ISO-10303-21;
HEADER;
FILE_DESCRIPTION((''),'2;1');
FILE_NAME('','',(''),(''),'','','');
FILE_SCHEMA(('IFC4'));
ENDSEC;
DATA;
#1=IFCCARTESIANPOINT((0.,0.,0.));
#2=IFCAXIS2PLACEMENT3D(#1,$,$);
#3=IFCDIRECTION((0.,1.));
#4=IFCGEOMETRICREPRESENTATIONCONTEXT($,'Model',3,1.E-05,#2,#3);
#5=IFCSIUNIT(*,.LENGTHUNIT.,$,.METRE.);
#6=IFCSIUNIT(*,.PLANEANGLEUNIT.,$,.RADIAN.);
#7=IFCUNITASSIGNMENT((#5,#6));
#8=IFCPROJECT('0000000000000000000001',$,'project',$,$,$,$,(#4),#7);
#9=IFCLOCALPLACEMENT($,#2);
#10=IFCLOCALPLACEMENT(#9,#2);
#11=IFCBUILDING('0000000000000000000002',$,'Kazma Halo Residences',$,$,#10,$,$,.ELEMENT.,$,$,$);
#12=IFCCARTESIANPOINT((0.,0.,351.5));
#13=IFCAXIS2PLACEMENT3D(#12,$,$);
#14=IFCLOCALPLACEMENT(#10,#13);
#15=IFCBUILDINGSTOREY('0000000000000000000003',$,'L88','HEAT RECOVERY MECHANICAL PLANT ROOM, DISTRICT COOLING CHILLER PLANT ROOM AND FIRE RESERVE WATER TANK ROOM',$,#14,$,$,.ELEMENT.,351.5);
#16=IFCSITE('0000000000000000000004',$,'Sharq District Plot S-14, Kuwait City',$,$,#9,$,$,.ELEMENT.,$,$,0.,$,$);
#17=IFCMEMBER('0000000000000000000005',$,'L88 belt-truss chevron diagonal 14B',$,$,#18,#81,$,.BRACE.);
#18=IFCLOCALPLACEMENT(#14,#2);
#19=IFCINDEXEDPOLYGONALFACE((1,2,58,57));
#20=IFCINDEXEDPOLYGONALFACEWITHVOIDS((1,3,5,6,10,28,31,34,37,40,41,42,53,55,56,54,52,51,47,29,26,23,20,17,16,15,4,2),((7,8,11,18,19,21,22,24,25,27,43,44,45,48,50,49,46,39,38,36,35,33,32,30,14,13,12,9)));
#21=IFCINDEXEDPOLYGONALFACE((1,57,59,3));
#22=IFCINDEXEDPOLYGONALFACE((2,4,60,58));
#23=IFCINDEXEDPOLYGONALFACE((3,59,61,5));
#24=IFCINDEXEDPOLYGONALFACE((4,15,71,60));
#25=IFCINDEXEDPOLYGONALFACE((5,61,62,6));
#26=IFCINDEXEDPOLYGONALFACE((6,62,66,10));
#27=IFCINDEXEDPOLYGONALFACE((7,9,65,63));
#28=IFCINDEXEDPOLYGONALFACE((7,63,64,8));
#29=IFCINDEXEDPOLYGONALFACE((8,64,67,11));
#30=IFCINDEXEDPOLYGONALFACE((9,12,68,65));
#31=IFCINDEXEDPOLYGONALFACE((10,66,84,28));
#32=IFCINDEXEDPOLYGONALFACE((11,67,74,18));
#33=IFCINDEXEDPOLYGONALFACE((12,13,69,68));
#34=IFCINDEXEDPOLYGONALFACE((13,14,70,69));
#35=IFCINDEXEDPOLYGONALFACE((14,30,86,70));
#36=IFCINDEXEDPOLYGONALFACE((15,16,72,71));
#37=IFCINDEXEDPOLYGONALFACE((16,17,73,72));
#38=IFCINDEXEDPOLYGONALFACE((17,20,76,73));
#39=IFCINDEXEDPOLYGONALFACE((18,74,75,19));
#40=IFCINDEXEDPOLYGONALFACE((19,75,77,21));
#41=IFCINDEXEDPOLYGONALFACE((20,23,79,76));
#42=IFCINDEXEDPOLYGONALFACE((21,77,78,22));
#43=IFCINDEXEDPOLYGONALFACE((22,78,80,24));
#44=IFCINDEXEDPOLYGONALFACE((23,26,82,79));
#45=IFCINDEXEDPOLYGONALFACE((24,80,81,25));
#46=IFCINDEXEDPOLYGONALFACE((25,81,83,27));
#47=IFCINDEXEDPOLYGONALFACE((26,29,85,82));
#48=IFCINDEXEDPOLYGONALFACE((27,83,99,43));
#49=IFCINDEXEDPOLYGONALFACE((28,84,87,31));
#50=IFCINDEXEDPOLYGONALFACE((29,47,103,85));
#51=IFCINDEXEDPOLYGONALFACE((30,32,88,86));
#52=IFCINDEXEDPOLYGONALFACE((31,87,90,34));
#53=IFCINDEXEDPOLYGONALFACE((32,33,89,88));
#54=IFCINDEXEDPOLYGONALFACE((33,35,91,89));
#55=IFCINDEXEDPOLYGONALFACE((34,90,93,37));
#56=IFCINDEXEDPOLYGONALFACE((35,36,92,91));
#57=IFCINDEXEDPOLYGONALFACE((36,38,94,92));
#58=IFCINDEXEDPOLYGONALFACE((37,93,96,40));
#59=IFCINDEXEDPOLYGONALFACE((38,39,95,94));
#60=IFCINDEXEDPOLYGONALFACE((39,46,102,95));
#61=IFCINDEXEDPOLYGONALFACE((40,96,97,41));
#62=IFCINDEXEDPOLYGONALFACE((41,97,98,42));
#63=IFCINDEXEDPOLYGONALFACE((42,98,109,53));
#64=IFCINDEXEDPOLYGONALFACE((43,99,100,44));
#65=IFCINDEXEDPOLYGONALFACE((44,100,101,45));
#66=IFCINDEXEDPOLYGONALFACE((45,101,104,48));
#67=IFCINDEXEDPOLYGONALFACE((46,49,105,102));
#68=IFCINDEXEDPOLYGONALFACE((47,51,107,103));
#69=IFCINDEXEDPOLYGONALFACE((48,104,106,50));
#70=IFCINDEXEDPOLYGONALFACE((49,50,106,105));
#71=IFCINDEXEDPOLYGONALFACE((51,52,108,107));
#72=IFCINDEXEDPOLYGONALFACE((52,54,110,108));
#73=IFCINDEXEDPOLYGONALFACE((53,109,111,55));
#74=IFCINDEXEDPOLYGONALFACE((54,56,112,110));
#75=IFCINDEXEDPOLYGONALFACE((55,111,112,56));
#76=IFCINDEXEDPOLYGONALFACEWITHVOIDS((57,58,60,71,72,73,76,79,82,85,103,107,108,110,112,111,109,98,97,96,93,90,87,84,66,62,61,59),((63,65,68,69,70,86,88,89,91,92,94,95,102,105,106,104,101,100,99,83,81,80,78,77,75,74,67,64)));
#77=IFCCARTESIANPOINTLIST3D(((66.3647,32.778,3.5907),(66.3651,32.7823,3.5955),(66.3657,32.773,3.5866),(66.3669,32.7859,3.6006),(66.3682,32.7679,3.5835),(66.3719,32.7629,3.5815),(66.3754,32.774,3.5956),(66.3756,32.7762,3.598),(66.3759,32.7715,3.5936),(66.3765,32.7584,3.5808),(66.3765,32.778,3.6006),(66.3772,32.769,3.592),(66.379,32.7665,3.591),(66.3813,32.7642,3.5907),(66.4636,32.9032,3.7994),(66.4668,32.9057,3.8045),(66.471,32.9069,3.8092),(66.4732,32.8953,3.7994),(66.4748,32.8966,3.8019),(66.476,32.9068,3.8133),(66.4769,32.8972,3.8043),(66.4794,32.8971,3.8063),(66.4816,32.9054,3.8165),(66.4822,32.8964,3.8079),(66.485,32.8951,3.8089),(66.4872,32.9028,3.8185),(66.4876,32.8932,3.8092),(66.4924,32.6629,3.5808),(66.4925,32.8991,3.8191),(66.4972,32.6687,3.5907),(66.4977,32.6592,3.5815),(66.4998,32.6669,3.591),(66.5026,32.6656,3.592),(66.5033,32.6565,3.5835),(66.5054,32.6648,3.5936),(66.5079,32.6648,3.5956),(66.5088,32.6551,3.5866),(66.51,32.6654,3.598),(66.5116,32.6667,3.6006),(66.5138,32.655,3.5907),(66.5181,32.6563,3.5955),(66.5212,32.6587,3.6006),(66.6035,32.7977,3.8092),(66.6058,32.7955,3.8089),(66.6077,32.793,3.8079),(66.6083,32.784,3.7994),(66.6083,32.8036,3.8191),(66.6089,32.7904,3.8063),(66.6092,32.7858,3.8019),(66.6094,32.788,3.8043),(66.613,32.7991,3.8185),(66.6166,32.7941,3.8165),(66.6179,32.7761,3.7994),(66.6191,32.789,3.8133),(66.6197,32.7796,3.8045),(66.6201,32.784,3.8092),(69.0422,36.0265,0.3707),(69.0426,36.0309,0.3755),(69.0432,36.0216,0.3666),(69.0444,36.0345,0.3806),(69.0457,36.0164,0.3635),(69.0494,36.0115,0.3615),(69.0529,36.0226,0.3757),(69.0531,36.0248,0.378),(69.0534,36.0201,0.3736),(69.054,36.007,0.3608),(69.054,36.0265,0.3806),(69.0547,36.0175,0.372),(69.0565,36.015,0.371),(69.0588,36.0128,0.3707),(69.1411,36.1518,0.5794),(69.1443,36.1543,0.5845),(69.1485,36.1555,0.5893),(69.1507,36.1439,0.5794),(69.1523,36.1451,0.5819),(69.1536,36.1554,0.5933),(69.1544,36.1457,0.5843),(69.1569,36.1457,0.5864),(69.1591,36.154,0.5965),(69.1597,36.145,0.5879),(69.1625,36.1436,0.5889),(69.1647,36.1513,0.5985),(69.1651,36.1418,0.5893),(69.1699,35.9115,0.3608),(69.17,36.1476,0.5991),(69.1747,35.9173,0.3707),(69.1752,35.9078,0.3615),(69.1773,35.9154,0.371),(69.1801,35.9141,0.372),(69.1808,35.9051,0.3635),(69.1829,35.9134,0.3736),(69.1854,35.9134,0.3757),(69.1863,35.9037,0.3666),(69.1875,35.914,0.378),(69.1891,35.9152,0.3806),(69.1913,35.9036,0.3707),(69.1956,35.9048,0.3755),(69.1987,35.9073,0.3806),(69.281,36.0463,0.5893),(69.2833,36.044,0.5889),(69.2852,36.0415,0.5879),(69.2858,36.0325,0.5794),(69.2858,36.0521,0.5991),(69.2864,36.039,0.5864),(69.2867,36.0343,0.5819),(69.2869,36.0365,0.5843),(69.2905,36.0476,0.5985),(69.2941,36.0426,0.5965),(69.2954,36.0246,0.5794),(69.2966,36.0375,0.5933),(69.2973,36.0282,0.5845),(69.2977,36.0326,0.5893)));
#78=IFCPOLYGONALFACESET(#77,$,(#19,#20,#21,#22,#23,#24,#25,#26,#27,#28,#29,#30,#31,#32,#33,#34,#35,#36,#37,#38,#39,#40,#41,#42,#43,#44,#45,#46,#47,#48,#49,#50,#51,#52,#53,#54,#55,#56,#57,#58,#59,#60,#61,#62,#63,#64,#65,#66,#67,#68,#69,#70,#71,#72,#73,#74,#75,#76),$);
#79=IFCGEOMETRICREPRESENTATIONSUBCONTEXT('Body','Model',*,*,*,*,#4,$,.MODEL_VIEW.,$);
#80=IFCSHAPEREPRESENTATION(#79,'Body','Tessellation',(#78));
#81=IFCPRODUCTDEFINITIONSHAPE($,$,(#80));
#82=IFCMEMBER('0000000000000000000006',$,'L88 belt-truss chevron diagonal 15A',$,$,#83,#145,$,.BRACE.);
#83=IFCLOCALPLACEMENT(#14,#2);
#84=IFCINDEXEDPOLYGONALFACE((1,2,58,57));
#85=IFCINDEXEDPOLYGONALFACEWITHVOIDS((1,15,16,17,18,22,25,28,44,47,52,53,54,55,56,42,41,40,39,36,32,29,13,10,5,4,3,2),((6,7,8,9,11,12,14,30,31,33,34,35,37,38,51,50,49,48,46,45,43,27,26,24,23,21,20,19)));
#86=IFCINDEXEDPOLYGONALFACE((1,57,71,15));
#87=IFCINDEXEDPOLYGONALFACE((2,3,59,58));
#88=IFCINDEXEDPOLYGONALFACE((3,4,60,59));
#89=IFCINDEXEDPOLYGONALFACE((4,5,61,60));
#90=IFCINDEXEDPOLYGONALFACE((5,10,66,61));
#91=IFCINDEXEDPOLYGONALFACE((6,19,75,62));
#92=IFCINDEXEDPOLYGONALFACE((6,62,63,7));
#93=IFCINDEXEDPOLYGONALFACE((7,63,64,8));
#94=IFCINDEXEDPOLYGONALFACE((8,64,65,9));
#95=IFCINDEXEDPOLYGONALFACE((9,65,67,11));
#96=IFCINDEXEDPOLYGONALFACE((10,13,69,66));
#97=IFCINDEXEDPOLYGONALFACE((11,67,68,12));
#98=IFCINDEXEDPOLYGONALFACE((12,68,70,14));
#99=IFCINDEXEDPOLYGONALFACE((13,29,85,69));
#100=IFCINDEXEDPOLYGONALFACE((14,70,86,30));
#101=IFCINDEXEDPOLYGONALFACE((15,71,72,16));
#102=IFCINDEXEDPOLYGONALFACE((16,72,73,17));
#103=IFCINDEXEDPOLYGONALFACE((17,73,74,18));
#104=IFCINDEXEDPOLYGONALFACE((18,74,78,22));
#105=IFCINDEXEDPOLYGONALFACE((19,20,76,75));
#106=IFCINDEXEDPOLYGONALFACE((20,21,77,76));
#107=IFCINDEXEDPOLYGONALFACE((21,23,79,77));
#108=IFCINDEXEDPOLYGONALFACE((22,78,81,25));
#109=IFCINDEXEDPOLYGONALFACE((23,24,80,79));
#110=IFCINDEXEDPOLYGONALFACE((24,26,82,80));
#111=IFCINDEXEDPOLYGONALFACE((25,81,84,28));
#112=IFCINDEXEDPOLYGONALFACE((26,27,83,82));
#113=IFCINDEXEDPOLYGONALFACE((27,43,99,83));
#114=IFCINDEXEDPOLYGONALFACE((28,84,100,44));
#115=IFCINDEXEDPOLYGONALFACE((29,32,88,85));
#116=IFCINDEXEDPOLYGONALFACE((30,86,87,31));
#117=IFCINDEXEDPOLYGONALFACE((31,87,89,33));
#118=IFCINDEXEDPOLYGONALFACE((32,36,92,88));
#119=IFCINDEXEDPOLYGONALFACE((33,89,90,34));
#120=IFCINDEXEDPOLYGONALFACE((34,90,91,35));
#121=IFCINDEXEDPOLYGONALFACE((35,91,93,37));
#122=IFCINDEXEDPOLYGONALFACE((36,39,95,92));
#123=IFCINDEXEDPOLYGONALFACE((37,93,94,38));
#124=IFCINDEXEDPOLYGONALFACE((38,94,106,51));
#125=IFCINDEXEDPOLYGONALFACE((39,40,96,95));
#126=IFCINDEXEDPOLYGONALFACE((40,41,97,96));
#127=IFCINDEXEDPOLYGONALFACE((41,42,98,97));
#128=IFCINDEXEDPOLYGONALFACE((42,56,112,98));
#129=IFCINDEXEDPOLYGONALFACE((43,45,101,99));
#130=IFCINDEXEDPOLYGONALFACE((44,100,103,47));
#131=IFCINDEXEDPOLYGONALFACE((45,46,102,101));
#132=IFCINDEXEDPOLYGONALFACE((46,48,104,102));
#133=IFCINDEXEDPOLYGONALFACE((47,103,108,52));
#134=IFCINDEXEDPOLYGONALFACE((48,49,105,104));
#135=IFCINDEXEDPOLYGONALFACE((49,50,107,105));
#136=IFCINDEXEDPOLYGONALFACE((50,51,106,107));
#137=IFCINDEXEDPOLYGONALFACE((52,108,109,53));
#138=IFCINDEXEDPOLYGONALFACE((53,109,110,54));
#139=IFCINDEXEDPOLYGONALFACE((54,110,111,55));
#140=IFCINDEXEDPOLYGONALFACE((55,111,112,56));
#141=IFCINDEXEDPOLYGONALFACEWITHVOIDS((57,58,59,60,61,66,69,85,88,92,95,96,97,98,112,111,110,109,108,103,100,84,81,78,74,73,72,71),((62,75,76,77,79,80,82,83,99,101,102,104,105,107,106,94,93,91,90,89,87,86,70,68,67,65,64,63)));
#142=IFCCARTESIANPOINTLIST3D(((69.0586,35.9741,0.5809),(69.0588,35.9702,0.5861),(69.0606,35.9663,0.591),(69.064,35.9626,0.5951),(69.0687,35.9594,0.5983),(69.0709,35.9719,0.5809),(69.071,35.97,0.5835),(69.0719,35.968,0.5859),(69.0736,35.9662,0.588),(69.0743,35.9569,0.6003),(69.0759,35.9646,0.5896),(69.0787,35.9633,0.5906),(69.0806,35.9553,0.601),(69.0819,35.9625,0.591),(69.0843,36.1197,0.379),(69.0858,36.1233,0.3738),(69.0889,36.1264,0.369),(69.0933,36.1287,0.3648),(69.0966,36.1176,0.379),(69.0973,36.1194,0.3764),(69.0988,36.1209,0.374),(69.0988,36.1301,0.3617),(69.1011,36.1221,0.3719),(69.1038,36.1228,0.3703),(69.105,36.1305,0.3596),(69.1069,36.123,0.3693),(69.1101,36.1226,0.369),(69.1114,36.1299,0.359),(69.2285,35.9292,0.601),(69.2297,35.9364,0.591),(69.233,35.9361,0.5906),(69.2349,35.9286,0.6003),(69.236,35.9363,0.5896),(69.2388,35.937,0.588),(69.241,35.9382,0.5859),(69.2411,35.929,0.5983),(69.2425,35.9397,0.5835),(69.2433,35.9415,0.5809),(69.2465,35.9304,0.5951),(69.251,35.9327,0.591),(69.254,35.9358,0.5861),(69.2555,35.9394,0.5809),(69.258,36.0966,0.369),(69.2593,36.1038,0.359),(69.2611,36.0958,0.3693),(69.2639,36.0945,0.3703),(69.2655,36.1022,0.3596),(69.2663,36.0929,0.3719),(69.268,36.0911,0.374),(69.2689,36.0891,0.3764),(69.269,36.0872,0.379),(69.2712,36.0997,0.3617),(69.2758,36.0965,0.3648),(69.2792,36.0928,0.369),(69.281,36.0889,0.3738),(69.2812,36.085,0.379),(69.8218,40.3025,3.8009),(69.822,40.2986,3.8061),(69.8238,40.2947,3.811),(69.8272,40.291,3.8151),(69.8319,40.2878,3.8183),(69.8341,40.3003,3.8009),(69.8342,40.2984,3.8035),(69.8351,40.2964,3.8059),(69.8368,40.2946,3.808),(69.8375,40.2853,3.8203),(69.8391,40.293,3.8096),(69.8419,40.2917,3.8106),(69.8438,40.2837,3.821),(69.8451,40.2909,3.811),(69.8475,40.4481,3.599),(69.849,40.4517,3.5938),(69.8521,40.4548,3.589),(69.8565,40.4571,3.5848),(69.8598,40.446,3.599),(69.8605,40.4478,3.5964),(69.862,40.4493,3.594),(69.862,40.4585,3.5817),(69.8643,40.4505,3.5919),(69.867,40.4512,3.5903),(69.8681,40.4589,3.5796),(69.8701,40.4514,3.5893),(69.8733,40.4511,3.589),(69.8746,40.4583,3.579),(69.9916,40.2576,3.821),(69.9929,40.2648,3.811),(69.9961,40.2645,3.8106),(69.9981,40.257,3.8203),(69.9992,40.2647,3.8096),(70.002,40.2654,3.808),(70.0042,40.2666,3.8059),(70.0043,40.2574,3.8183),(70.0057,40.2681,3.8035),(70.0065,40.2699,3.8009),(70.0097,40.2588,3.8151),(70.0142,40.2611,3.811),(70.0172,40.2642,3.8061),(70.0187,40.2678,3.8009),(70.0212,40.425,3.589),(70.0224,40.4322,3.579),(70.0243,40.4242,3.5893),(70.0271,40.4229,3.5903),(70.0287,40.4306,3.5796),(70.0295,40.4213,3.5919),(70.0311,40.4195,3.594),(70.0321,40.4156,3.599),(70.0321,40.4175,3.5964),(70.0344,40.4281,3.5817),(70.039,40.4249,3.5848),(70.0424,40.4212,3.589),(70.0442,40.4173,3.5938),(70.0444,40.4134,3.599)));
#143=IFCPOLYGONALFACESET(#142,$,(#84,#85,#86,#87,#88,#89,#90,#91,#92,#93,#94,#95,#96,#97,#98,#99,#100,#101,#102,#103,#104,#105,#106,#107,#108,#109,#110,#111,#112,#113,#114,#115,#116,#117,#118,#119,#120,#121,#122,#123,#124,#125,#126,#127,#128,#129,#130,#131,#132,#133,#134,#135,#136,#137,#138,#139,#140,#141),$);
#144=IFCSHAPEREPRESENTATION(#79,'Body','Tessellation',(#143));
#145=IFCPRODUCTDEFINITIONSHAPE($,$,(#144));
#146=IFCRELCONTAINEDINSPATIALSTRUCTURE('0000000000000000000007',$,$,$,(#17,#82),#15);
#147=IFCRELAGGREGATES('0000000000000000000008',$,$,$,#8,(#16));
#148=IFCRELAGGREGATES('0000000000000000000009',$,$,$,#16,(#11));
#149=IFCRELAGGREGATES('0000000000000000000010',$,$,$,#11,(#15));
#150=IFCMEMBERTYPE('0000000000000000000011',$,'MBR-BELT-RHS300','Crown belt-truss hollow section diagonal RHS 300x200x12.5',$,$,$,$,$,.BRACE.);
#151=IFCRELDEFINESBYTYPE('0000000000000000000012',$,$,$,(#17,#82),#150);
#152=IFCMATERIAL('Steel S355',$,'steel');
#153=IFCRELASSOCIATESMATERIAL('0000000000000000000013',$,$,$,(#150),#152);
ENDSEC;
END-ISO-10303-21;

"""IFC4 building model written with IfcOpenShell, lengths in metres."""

from ifc_helpers import new_model, si_unit, direction, frame, origin, origin_2d, place, context, subcontext, project, spatial, hollow_rectangle, extrude, material, material_profile, profile_set, type_object, element, save


model = new_model("IFC4")

# Units and contexts
model_context = context("Model", 3, precision=1e-05, world=origin(), true_north=direction((0.0, 1.0)))
body_context = subcontext(model_context, "Body", "Model", "MODEL_VIEW")
ifc_project = project(units=[si_unit("LENGTHUNIT", "METRE"), si_unit("PLANEANGLEUNIT", "RADIAN")], contexts=[model_context])

# Site, building, storey
site_placement = place(None, origin())
site = spatial("IfcSite", under=ifc_project, at=site_placement, Name="Sharq District Plot S-14, Kuwait City", CompositionType="ELEMENT", RefElevation=0.0)
building_placement = place(site_placement, origin())
building = spatial("IfcBuilding", under=site, at=building_placement, Name="Kazma Halo Residences", CompositionType="ELEMENT")
storey_placement = place(building_placement, frame((0.0, 0.0, 351.5)))
storey = spatial("IfcBuildingStorey", under=building, at=storey_placement, Name="L88", Description="HEAT RECOVERY MECHANICAL PLANT ROOM, DISTRICT COOLING CHILLER PLANT ROOM AND FIRE RESERVE WATER TANK ROOM", CompositionType="ELEMENT", Elevation=351.5)

# Shared definitions
ifc_material_1 = material(Name="Steel S355", Category="steel")

# Members
ifc_material_profile_1 = material_profile(ifc_material_1, hollow_rectangle(XDim=0.2, YDim=0.3, WallThickness=0.0125, InnerFilletRadius=0.0125, OuterFilletRadius=0.0249, at=origin_2d()), Name="RHS300x200x12.5")
ifc_profile_set_1 = profile_set([ifc_material_profile_1], Name="Steel S355")
member_type_1 = type_object("IfcMemberType", Name="MBR-BELT-RHS300", Description="Crown belt-truss hollow section diagonal RHS 300x200x12.5", PredefinedType="BRACE", material=ifc_profile_set_1)
member_1_placement = place(storey_placement, frame((69.1699, 36.0295, 0.48), z_axis=(-0.505186, -0.61293, 0.60754), x_axis=(0.771671, -0.636022, 0.0)))
element("IfcMember", 1, at=member_1_placement, inside=storey, type_object=member_type_1, Name="L88 belt-truss chevron diagonal 14B", PredefinedType="BRACE", context=body_context, shape_type="SweptSolid", body=[
    extrude(hollow_rectangle(XDim=0.2, YDim=0.3, WallThickness=0.0125, InnerFilletRadius=0.0125, OuterFilletRadius=0.0249, at=origin_2d()), origin(), (0.0, 0.0, 1.0), 5.3),
])
member_2_placement = place(storey_placement, frame((69.1699, 36.0295, 0.48), z_axis=(0.140074, 0.794424, 0.59099), x_axis=(-0.984809, 0.173643, 0.0)))
element("IfcMember", 2, at=member_2_placement, inside=storey, type_object=member_type_1, Name="L88 belt-truss chevron diagonal 15A", PredefinedType="BRACE", context=body_context, shape_type="SweptSolid", body=[
    extrude(hollow_rectangle(XDim=0.2, YDim=0.3, WallThickness=0.0125, InnerFilletRadius=0.0125, OuterFilletRadius=0.0249, at=origin_2d()), origin(), (0.0, 0.0, 1.0), 5.4485),
])

save(model, "model.ifc")
